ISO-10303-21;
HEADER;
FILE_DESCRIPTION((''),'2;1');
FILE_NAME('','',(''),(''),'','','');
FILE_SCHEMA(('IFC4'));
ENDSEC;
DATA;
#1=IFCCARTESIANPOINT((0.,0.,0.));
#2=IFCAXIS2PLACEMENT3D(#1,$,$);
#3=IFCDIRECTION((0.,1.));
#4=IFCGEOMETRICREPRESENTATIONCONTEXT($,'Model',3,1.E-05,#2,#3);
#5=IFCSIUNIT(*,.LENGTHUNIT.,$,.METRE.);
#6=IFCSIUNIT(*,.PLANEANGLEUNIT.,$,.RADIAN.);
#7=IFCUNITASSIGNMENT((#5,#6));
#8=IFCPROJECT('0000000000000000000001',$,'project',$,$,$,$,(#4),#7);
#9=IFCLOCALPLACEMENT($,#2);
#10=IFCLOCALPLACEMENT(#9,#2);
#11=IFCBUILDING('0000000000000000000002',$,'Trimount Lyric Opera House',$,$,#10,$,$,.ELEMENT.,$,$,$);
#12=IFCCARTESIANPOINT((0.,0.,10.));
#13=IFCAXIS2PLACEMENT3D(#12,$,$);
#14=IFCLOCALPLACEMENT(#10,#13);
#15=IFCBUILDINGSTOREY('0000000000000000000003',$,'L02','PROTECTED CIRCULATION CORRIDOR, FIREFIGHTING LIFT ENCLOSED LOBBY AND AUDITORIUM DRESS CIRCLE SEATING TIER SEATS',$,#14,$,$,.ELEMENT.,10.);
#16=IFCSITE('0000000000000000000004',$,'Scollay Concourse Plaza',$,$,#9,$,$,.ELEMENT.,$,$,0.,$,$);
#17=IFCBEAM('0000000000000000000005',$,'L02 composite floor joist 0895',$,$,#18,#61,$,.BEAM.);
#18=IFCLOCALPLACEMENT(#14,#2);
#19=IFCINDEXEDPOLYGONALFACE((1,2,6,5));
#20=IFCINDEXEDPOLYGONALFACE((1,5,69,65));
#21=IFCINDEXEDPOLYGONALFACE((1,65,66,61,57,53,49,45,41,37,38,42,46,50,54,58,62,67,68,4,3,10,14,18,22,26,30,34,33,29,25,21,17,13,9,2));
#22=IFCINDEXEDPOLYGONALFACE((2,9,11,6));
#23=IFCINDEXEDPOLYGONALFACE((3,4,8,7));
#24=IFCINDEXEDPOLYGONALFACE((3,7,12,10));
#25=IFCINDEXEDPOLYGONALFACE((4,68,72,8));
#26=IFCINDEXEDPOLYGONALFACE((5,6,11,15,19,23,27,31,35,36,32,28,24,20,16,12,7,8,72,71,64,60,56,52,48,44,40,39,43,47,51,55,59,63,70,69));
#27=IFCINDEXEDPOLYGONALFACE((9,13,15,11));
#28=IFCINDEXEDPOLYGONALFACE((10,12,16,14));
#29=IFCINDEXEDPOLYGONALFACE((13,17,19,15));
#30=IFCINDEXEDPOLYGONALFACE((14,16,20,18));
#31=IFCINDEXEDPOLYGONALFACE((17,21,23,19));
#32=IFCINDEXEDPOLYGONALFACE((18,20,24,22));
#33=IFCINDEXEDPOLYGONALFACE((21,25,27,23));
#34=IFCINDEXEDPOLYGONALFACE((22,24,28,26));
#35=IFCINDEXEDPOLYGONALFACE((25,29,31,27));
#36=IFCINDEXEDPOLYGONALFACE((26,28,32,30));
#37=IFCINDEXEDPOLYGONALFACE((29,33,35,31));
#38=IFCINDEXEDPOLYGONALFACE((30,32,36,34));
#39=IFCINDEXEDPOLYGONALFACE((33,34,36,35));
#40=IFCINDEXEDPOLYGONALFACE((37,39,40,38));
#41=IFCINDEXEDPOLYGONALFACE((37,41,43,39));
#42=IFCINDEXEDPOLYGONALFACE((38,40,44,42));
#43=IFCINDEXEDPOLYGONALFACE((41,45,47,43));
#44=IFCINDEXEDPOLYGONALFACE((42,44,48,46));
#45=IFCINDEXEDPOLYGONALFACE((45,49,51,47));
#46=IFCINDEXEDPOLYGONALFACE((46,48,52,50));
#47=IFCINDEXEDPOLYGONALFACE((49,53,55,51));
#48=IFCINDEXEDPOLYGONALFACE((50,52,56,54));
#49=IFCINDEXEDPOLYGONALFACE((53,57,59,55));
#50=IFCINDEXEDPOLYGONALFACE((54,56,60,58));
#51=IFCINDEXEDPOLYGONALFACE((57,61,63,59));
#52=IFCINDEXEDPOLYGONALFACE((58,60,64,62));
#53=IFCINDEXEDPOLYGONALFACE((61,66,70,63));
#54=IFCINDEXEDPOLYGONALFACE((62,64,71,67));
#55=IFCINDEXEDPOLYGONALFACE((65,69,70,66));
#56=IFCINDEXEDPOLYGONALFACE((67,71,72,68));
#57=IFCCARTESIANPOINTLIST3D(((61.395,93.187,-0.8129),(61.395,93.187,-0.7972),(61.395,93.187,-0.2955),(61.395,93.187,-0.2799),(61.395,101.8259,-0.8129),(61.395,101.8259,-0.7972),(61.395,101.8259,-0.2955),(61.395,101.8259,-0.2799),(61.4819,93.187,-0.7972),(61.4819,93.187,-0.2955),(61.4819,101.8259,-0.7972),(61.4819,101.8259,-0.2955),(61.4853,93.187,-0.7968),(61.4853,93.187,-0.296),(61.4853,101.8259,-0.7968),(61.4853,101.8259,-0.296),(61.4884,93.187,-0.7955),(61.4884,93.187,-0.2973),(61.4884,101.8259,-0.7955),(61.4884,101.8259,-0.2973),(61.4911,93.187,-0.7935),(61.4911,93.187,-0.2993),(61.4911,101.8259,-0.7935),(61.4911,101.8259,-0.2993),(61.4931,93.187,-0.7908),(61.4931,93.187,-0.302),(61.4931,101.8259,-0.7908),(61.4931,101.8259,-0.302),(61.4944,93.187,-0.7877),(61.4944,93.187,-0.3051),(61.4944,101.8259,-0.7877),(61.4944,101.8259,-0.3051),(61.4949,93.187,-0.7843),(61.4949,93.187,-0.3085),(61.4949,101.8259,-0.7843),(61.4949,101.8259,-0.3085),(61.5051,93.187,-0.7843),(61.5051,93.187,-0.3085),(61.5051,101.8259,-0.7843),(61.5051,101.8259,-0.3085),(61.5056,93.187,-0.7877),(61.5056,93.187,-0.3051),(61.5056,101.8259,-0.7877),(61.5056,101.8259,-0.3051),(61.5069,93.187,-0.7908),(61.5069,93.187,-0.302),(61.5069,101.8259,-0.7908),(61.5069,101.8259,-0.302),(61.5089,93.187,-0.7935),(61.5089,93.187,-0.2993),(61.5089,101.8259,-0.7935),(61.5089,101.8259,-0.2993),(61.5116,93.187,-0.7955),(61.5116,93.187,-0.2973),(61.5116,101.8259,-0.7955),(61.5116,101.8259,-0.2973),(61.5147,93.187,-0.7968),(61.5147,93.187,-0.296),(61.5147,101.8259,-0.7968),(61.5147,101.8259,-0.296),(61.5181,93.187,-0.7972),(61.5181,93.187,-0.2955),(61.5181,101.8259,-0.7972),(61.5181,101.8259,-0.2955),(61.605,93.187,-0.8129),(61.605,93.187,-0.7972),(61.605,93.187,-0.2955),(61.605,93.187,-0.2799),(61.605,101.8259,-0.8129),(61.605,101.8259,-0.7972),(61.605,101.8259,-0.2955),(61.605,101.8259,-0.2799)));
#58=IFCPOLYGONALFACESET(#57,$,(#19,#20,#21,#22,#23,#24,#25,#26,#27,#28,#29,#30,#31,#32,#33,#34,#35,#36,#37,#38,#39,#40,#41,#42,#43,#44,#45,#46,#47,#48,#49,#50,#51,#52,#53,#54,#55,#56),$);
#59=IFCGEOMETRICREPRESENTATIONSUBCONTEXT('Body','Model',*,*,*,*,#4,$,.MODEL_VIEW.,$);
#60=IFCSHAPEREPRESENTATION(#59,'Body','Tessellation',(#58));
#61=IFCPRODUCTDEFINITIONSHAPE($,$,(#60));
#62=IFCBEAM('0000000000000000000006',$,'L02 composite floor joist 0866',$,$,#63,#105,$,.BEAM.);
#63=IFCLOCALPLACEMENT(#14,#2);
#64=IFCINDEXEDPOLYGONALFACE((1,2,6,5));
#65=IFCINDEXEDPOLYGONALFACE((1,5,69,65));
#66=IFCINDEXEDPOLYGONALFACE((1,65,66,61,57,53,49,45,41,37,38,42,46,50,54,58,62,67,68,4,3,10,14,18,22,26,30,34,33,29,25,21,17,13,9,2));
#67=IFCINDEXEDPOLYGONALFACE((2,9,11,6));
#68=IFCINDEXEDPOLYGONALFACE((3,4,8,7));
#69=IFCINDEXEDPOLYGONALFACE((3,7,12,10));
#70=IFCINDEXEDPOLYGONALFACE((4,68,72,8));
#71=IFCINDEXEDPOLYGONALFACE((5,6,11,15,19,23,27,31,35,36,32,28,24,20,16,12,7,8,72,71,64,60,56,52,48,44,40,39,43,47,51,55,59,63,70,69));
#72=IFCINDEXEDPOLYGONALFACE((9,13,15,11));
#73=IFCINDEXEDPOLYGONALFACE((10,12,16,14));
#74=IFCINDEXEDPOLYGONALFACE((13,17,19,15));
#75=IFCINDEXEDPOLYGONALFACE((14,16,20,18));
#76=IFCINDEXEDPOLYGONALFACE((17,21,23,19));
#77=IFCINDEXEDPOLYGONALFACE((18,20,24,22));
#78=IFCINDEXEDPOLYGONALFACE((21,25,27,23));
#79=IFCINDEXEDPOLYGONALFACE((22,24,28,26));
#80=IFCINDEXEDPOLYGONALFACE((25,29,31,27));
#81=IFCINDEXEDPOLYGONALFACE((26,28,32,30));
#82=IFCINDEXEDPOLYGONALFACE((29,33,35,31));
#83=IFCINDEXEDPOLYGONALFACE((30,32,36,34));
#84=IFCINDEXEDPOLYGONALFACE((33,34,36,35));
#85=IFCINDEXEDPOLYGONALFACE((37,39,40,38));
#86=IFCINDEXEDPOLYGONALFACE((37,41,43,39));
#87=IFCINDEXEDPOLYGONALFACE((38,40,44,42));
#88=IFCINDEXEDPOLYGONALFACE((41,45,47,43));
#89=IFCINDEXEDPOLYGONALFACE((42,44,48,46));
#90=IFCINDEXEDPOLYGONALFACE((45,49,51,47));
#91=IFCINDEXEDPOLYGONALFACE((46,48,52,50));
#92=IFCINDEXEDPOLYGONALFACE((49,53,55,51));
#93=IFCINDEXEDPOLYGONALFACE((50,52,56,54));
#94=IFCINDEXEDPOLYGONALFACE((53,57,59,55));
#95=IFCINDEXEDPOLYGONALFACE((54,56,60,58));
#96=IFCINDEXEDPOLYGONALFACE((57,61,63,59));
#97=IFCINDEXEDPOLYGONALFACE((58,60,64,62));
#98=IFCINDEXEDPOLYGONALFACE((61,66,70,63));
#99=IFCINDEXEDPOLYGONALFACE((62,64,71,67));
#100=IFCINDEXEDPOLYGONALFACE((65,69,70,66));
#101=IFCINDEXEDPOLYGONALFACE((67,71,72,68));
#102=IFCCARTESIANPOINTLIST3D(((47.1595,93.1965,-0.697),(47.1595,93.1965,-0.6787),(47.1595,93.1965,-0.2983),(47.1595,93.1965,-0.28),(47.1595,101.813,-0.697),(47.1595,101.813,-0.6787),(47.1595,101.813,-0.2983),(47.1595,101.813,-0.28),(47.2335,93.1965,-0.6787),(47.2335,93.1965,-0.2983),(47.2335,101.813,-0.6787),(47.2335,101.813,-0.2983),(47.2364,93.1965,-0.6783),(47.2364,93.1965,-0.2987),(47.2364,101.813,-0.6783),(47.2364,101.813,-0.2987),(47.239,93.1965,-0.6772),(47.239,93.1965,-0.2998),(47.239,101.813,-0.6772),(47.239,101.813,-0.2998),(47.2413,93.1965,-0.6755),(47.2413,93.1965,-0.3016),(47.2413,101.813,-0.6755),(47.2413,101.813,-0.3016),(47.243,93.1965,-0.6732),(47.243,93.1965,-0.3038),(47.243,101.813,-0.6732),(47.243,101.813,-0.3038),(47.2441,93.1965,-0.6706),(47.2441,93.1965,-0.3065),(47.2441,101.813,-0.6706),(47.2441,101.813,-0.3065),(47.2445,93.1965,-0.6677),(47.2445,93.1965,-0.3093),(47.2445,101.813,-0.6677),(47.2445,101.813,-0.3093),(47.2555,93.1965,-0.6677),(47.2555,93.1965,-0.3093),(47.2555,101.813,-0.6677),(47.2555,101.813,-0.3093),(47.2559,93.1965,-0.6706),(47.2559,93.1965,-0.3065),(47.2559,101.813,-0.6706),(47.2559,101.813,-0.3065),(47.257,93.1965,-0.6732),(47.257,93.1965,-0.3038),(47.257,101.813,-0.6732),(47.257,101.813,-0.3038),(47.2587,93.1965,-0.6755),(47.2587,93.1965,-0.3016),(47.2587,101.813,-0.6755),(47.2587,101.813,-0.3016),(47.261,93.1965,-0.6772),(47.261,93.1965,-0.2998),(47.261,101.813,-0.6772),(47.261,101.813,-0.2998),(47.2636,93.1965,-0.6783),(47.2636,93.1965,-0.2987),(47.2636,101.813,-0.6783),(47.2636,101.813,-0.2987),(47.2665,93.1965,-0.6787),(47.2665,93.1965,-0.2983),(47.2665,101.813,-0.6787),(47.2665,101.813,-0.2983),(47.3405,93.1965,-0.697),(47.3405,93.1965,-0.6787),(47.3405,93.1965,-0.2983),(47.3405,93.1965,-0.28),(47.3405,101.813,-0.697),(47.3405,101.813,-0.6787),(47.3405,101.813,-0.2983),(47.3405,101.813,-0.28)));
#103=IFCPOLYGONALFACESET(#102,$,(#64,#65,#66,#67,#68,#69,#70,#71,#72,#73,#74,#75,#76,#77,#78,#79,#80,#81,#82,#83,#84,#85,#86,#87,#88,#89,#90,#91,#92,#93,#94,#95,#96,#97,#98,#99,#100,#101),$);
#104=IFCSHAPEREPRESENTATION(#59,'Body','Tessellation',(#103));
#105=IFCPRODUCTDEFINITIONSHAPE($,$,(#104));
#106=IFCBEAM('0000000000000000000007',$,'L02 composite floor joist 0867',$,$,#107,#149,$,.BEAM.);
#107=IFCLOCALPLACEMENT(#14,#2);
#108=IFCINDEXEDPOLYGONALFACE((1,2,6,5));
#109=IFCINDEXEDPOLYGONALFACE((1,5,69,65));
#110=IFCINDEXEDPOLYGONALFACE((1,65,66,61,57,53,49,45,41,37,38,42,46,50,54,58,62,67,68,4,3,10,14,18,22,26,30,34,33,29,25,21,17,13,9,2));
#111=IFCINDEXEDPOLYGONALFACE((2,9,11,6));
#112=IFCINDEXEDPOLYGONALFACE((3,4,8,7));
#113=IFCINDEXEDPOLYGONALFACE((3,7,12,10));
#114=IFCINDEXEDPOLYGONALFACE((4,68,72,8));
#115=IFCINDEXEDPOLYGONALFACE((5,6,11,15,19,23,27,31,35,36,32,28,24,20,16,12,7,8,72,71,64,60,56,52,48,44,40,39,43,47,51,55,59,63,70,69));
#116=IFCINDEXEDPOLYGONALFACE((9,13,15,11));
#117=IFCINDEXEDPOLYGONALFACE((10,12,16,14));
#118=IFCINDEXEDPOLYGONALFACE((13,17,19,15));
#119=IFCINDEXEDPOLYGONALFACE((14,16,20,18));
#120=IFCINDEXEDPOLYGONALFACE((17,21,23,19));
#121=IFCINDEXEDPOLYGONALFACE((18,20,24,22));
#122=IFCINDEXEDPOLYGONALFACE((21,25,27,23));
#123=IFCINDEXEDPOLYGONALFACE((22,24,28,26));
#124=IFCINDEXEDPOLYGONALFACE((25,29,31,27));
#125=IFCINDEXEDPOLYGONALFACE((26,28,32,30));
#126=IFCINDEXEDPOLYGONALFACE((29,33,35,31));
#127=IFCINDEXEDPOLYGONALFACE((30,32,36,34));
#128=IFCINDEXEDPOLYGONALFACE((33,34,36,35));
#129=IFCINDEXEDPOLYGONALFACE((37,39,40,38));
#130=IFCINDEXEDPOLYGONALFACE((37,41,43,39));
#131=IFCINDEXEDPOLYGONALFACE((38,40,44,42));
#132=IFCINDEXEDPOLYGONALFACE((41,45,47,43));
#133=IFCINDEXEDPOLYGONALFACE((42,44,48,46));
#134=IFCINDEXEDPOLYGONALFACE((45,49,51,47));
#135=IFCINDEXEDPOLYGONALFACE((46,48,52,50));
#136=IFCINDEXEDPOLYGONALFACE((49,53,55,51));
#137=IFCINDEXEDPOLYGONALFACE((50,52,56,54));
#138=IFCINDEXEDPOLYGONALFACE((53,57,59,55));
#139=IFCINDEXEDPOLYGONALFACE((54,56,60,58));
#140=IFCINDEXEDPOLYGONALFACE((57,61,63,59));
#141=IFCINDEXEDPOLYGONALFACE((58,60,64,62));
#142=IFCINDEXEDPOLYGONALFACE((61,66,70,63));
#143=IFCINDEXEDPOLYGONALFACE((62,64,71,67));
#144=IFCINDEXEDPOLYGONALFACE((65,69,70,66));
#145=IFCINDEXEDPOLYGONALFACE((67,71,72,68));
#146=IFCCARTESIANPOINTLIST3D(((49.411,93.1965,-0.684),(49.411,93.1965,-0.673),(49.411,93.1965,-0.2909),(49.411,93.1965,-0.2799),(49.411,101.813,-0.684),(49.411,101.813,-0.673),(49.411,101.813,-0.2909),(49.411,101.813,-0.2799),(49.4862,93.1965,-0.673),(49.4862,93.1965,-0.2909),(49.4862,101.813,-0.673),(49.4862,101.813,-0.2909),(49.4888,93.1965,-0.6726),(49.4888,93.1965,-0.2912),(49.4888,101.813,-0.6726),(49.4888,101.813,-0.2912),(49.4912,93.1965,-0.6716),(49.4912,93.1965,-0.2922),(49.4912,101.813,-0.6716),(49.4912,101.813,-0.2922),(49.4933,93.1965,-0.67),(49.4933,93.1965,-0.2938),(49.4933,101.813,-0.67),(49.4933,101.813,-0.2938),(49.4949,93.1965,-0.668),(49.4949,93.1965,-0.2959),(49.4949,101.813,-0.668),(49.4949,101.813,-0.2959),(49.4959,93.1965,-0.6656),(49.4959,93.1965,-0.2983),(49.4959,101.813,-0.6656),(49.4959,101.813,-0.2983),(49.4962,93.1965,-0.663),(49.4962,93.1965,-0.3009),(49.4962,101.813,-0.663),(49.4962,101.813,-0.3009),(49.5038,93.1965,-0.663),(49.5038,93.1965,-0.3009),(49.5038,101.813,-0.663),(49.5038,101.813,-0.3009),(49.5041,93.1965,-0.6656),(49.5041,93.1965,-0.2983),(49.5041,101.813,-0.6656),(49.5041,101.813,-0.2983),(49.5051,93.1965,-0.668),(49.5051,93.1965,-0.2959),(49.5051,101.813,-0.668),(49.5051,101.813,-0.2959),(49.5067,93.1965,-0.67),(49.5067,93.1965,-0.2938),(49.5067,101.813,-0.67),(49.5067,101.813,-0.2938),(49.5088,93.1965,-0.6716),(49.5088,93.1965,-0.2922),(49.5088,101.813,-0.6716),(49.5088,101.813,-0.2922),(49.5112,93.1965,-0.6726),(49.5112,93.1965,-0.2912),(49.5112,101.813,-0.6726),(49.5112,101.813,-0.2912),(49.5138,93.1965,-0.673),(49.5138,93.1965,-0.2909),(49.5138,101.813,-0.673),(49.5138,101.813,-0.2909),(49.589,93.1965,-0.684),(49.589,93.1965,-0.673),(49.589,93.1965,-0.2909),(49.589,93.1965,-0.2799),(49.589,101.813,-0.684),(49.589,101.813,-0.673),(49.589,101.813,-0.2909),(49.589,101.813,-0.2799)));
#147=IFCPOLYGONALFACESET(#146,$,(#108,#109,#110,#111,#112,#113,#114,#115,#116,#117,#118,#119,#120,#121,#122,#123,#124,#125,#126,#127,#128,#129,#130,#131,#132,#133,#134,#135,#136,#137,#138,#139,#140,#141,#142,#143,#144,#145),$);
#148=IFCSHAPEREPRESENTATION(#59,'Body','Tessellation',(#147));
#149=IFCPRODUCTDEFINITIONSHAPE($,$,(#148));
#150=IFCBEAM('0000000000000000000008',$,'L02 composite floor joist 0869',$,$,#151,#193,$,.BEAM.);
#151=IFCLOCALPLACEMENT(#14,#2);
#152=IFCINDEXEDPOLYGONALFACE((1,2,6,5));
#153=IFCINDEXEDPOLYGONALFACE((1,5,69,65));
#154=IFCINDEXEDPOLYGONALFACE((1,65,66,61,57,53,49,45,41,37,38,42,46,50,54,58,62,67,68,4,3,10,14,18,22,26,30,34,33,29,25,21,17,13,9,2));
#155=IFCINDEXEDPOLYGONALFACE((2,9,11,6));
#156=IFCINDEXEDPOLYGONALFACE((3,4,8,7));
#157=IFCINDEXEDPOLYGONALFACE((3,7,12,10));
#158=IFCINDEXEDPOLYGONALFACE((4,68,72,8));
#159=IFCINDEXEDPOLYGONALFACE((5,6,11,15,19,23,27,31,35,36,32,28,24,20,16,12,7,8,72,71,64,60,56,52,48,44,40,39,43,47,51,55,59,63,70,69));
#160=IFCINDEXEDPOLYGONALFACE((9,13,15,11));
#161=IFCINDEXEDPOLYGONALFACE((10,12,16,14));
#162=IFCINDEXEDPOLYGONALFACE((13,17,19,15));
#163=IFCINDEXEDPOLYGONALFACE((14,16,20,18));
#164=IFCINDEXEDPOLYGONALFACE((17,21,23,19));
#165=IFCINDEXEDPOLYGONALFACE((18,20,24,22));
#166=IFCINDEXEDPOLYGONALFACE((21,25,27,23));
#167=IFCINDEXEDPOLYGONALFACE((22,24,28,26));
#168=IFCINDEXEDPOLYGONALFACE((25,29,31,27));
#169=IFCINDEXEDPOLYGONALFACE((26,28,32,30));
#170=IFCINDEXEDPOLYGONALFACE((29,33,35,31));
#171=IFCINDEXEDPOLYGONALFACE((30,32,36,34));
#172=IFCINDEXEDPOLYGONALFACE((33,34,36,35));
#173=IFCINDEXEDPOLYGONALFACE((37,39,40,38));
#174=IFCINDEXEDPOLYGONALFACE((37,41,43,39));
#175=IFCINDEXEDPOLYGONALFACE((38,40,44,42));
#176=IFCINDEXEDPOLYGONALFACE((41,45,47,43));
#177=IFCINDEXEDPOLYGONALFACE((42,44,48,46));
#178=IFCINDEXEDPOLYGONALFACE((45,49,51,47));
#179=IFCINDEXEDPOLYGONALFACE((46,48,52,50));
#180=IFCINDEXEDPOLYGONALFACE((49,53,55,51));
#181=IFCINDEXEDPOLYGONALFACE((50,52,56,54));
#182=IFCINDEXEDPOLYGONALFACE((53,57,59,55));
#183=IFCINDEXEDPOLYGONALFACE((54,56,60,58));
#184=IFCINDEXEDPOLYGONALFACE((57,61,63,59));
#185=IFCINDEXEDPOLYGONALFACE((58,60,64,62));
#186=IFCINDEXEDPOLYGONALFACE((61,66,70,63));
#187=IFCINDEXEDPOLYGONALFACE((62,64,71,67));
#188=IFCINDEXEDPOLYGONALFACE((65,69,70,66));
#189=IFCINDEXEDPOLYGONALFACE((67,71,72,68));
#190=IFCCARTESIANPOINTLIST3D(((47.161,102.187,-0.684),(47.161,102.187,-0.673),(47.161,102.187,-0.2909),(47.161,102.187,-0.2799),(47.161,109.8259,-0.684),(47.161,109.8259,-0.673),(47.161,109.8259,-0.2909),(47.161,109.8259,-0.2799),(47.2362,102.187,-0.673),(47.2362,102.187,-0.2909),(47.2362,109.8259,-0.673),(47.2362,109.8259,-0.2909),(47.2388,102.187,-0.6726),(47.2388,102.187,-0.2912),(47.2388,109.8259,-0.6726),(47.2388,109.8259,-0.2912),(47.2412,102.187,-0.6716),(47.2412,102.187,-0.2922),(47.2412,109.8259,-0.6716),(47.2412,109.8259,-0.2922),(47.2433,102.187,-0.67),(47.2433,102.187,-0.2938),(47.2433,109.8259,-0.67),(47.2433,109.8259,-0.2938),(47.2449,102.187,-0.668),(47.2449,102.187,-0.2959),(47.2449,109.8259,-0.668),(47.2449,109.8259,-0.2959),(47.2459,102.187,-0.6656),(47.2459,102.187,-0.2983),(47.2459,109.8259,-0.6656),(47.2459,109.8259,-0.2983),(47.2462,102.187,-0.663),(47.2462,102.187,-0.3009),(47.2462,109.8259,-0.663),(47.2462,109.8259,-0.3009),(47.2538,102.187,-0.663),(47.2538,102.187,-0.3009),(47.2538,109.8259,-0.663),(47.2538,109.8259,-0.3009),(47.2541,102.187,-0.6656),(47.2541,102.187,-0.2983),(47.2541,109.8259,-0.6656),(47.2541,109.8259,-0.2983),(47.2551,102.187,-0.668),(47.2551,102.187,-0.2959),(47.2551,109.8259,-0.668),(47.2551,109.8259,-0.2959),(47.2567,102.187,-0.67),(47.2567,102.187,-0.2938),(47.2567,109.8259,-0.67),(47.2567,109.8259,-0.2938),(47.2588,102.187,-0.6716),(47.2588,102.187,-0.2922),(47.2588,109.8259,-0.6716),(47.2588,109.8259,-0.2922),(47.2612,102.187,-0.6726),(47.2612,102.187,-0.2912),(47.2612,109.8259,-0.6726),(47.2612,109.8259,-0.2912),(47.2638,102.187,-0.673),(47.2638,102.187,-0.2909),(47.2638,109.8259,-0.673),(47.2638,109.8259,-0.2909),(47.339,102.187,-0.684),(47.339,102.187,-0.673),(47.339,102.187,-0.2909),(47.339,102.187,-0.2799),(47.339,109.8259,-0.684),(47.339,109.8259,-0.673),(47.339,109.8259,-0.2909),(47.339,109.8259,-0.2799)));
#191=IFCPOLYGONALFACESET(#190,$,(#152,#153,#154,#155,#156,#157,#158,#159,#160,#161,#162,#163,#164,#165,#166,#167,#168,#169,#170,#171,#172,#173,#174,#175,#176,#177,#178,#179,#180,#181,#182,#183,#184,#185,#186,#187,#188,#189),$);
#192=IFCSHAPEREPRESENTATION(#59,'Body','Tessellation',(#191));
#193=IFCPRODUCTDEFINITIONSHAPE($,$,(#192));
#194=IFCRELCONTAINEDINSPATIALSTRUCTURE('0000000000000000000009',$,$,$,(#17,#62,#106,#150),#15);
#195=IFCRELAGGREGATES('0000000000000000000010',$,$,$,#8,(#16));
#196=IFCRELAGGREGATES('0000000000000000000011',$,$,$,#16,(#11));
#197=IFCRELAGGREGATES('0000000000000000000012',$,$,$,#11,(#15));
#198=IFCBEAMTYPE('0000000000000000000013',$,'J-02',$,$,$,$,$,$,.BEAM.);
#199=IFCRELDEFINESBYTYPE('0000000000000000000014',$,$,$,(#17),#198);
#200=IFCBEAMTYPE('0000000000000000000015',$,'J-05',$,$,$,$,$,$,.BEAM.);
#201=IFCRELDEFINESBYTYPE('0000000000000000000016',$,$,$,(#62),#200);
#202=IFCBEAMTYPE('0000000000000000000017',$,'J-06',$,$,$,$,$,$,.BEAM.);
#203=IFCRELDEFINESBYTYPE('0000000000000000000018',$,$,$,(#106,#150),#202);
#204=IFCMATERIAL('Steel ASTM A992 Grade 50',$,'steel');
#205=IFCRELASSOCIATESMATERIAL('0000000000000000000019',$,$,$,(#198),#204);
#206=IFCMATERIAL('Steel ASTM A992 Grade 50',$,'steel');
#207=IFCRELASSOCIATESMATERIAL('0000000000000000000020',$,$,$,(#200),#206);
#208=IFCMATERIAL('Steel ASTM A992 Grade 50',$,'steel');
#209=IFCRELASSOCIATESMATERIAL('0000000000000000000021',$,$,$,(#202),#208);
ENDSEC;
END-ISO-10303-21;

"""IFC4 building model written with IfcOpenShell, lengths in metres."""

from ifc_helpers import new_model, si_unit, direction, frame, origin, origin_2d, place, context, subcontext, project, spatial, i_section, extrude, material, material_profile, profile_set, type_object, element, save


model = new_model("IFC4")

# Units and contexts
model_context = context("Model", 3, precision=1e-05, world=origin(), true_north=direction((0.0, 1.0)))
body_context = subcontext(model_context, "Body", "Model", "MODEL_VIEW")
ifc_project = project(units=[si_unit("LENGTHUNIT", "METRE"), si_unit("PLANEANGLEUNIT", "RADIAN")], contexts=[model_context])

# Site, building, storey
site_placement = place(None, origin())
site = spatial("IfcSite", under=ifc_project, at=site_placement, Name="Scollay Concourse Plaza", CompositionType="ELEMENT", RefElevation=0.0)
building_placement = place(site_placement, origin())
building = spatial("IfcBuilding", under=site, at=building_placement, Name="Trimount Lyric Opera House", CompositionType="ELEMENT")
storey_placement = place(building_placement, frame((0.0, 0.0, 10.0)))
storey = spatial("IfcBuildingStorey", under=building, at=storey_placement, Name="L02", Description="PROTECTED CIRCULATION CORRIDOR, FIREFIGHTING LIFT ENCLOSED LOBBY AND AUDITORIUM DRESS CIRCLE SEATING TIER SEATS", CompositionType="ELEMENT", Elevation=10.0)

# Beams
ifc_material_1 = material(Name="Steel ASTM A992 Grade 50", Category="steel")
ifc_material_profile_1 = material_profile(ifc_material_1, i_section(OverallWidth=0.21, OverallDepth=0.533, WebThickness=0.0103, FlangeThickness=0.0156, FilletRadius=0.0129, at=origin_2d()), Name="W21X62")
ifc_profile_set_1 = profile_set([ifc_material_profile_1], Name="Steel ASTM A992 Grade 50")
beam_type_1 = type_object("IfcBeamType", Name="J-02", PredefinedType="BEAM", material=ifc_profile_set_1)
beam_1_placement = place(storey_placement, frame((61.5, 93.187, -0.5464), z_axis=(0.0, 1.0, 0.0), x_axis=(-1.0, 0.0, 0.0)))
element("IfcBeam", 1, at=beam_1_placement, inside=storey, type_object=beam_type_1, Name="L02 composite floor joist 0895", PredefinedType="BEAM", context=body_context, shape_type="SweptSolid", body=[
    extrude(i_section(OverallWidth=0.21, OverallDepth=0.533, WebThickness=0.0103, FlangeThickness=0.0156, FilletRadius=0.0129, at=origin_2d()), origin(), (0.0, 0.0, 1.0), 8.6389),
])
ifc_material_2 = material(Name="Steel ASTM A992 Grade 50", Category="steel")
ifc_material_profile_2 = material_profile(ifc_material_2, i_section(OverallWidth=0.1809, OverallDepth=0.417, WebThickness=0.011, FlangeThickness=0.0183, FilletRadius=0.011, at=origin_2d()), Name="W16X57")
ifc_profile_set_2 = profile_set([ifc_material_profile_2], Name="Steel ASTM A992 Grade 50")
beam_type_2 = type_object("IfcBeamType", Name="J-05", PredefinedType="BEAM", material=ifc_profile_set_2)
beam_2_placement = place(storey_placement, frame((47.25, 93.1965, -0.4885), z_axis=(0.0, 1.0, 0.0), x_axis=(-1.0, 0.0, 0.0)))
element("IfcBeam", 2, at=beam_2_placement, inside=storey, type_object=beam_type_2, Name="L02 composite floor joist 0866", PredefinedType="BEAM", context=body_context, shape_type="SweptSolid", body=[
    extrude(i_section(OverallWidth=0.1809, OverallDepth=0.417, WebThickness=0.011, FlangeThickness=0.0183, FilletRadius=0.011, at=origin_2d()), origin(), (0.0, 0.0, 1.0), 8.6165),
])
ifc_material_3 = material(Name="Steel ASTM A992 Grade 50", Category="steel")
ifc_material_profile_3 = material_profile(ifc_material_3, i_section(OverallWidth=0.178, OverallDepth=0.4041, WebThickness=0.0076, FlangeThickness=0.011, FilletRadius=0.01, at=origin_2d()), Name="W16X36")
ifc_profile_set_3 = profile_set([ifc_material_profile_3], Name="Steel ASTM A992 Grade 50")
beam_type_3 = type_object("IfcBeamType", Name="J-06", PredefinedType="BEAM", material=ifc_profile_set_3)
beam_3_placement = place(storey_placement, frame((49.5, 93.1965, -0.4819), z_axis=(0.0, 1.0, 0.0), x_axis=(-1.0, 0.0, 0.0)))
element("IfcBeam", 3, at=beam_3_placement, inside=storey, type_object=beam_type_3, Name="L02 composite floor joist 0867", PredefinedType="BEAM", context=body_context, shape_type="SweptSolid", body=[
    extrude(i_section(OverallWidth=0.178, OverallDepth=0.4041, WebThickness=0.0076, FlangeThickness=0.011, FilletRadius=0.01, at=origin_2d()), origin(), (0.0, 0.0, 1.0), 8.6165),
])
beam_4_placement = place(storey_placement, frame((47.25, 102.187, -0.4819), z_axis=(0.0, 1.0, 0.0), x_axis=(-1.0, 0.0, 0.0)))
element("IfcBeam", 4, at=beam_4_placement, inside=storey, type_object=beam_type_3, Name="L02 composite floor joist 0869", PredefinedType="BEAM", context=body_context, shape_type="SweptSolid", body=[
    extrude(i_section(OverallWidth=0.178, OverallDepth=0.4041, WebThickness=0.0076, FlangeThickness=0.011, FilletRadius=0.01, at=origin_2d()), origin(), (0.0, 0.0, 1.0), 7.6389),
])

save(model, "model.ifc")
